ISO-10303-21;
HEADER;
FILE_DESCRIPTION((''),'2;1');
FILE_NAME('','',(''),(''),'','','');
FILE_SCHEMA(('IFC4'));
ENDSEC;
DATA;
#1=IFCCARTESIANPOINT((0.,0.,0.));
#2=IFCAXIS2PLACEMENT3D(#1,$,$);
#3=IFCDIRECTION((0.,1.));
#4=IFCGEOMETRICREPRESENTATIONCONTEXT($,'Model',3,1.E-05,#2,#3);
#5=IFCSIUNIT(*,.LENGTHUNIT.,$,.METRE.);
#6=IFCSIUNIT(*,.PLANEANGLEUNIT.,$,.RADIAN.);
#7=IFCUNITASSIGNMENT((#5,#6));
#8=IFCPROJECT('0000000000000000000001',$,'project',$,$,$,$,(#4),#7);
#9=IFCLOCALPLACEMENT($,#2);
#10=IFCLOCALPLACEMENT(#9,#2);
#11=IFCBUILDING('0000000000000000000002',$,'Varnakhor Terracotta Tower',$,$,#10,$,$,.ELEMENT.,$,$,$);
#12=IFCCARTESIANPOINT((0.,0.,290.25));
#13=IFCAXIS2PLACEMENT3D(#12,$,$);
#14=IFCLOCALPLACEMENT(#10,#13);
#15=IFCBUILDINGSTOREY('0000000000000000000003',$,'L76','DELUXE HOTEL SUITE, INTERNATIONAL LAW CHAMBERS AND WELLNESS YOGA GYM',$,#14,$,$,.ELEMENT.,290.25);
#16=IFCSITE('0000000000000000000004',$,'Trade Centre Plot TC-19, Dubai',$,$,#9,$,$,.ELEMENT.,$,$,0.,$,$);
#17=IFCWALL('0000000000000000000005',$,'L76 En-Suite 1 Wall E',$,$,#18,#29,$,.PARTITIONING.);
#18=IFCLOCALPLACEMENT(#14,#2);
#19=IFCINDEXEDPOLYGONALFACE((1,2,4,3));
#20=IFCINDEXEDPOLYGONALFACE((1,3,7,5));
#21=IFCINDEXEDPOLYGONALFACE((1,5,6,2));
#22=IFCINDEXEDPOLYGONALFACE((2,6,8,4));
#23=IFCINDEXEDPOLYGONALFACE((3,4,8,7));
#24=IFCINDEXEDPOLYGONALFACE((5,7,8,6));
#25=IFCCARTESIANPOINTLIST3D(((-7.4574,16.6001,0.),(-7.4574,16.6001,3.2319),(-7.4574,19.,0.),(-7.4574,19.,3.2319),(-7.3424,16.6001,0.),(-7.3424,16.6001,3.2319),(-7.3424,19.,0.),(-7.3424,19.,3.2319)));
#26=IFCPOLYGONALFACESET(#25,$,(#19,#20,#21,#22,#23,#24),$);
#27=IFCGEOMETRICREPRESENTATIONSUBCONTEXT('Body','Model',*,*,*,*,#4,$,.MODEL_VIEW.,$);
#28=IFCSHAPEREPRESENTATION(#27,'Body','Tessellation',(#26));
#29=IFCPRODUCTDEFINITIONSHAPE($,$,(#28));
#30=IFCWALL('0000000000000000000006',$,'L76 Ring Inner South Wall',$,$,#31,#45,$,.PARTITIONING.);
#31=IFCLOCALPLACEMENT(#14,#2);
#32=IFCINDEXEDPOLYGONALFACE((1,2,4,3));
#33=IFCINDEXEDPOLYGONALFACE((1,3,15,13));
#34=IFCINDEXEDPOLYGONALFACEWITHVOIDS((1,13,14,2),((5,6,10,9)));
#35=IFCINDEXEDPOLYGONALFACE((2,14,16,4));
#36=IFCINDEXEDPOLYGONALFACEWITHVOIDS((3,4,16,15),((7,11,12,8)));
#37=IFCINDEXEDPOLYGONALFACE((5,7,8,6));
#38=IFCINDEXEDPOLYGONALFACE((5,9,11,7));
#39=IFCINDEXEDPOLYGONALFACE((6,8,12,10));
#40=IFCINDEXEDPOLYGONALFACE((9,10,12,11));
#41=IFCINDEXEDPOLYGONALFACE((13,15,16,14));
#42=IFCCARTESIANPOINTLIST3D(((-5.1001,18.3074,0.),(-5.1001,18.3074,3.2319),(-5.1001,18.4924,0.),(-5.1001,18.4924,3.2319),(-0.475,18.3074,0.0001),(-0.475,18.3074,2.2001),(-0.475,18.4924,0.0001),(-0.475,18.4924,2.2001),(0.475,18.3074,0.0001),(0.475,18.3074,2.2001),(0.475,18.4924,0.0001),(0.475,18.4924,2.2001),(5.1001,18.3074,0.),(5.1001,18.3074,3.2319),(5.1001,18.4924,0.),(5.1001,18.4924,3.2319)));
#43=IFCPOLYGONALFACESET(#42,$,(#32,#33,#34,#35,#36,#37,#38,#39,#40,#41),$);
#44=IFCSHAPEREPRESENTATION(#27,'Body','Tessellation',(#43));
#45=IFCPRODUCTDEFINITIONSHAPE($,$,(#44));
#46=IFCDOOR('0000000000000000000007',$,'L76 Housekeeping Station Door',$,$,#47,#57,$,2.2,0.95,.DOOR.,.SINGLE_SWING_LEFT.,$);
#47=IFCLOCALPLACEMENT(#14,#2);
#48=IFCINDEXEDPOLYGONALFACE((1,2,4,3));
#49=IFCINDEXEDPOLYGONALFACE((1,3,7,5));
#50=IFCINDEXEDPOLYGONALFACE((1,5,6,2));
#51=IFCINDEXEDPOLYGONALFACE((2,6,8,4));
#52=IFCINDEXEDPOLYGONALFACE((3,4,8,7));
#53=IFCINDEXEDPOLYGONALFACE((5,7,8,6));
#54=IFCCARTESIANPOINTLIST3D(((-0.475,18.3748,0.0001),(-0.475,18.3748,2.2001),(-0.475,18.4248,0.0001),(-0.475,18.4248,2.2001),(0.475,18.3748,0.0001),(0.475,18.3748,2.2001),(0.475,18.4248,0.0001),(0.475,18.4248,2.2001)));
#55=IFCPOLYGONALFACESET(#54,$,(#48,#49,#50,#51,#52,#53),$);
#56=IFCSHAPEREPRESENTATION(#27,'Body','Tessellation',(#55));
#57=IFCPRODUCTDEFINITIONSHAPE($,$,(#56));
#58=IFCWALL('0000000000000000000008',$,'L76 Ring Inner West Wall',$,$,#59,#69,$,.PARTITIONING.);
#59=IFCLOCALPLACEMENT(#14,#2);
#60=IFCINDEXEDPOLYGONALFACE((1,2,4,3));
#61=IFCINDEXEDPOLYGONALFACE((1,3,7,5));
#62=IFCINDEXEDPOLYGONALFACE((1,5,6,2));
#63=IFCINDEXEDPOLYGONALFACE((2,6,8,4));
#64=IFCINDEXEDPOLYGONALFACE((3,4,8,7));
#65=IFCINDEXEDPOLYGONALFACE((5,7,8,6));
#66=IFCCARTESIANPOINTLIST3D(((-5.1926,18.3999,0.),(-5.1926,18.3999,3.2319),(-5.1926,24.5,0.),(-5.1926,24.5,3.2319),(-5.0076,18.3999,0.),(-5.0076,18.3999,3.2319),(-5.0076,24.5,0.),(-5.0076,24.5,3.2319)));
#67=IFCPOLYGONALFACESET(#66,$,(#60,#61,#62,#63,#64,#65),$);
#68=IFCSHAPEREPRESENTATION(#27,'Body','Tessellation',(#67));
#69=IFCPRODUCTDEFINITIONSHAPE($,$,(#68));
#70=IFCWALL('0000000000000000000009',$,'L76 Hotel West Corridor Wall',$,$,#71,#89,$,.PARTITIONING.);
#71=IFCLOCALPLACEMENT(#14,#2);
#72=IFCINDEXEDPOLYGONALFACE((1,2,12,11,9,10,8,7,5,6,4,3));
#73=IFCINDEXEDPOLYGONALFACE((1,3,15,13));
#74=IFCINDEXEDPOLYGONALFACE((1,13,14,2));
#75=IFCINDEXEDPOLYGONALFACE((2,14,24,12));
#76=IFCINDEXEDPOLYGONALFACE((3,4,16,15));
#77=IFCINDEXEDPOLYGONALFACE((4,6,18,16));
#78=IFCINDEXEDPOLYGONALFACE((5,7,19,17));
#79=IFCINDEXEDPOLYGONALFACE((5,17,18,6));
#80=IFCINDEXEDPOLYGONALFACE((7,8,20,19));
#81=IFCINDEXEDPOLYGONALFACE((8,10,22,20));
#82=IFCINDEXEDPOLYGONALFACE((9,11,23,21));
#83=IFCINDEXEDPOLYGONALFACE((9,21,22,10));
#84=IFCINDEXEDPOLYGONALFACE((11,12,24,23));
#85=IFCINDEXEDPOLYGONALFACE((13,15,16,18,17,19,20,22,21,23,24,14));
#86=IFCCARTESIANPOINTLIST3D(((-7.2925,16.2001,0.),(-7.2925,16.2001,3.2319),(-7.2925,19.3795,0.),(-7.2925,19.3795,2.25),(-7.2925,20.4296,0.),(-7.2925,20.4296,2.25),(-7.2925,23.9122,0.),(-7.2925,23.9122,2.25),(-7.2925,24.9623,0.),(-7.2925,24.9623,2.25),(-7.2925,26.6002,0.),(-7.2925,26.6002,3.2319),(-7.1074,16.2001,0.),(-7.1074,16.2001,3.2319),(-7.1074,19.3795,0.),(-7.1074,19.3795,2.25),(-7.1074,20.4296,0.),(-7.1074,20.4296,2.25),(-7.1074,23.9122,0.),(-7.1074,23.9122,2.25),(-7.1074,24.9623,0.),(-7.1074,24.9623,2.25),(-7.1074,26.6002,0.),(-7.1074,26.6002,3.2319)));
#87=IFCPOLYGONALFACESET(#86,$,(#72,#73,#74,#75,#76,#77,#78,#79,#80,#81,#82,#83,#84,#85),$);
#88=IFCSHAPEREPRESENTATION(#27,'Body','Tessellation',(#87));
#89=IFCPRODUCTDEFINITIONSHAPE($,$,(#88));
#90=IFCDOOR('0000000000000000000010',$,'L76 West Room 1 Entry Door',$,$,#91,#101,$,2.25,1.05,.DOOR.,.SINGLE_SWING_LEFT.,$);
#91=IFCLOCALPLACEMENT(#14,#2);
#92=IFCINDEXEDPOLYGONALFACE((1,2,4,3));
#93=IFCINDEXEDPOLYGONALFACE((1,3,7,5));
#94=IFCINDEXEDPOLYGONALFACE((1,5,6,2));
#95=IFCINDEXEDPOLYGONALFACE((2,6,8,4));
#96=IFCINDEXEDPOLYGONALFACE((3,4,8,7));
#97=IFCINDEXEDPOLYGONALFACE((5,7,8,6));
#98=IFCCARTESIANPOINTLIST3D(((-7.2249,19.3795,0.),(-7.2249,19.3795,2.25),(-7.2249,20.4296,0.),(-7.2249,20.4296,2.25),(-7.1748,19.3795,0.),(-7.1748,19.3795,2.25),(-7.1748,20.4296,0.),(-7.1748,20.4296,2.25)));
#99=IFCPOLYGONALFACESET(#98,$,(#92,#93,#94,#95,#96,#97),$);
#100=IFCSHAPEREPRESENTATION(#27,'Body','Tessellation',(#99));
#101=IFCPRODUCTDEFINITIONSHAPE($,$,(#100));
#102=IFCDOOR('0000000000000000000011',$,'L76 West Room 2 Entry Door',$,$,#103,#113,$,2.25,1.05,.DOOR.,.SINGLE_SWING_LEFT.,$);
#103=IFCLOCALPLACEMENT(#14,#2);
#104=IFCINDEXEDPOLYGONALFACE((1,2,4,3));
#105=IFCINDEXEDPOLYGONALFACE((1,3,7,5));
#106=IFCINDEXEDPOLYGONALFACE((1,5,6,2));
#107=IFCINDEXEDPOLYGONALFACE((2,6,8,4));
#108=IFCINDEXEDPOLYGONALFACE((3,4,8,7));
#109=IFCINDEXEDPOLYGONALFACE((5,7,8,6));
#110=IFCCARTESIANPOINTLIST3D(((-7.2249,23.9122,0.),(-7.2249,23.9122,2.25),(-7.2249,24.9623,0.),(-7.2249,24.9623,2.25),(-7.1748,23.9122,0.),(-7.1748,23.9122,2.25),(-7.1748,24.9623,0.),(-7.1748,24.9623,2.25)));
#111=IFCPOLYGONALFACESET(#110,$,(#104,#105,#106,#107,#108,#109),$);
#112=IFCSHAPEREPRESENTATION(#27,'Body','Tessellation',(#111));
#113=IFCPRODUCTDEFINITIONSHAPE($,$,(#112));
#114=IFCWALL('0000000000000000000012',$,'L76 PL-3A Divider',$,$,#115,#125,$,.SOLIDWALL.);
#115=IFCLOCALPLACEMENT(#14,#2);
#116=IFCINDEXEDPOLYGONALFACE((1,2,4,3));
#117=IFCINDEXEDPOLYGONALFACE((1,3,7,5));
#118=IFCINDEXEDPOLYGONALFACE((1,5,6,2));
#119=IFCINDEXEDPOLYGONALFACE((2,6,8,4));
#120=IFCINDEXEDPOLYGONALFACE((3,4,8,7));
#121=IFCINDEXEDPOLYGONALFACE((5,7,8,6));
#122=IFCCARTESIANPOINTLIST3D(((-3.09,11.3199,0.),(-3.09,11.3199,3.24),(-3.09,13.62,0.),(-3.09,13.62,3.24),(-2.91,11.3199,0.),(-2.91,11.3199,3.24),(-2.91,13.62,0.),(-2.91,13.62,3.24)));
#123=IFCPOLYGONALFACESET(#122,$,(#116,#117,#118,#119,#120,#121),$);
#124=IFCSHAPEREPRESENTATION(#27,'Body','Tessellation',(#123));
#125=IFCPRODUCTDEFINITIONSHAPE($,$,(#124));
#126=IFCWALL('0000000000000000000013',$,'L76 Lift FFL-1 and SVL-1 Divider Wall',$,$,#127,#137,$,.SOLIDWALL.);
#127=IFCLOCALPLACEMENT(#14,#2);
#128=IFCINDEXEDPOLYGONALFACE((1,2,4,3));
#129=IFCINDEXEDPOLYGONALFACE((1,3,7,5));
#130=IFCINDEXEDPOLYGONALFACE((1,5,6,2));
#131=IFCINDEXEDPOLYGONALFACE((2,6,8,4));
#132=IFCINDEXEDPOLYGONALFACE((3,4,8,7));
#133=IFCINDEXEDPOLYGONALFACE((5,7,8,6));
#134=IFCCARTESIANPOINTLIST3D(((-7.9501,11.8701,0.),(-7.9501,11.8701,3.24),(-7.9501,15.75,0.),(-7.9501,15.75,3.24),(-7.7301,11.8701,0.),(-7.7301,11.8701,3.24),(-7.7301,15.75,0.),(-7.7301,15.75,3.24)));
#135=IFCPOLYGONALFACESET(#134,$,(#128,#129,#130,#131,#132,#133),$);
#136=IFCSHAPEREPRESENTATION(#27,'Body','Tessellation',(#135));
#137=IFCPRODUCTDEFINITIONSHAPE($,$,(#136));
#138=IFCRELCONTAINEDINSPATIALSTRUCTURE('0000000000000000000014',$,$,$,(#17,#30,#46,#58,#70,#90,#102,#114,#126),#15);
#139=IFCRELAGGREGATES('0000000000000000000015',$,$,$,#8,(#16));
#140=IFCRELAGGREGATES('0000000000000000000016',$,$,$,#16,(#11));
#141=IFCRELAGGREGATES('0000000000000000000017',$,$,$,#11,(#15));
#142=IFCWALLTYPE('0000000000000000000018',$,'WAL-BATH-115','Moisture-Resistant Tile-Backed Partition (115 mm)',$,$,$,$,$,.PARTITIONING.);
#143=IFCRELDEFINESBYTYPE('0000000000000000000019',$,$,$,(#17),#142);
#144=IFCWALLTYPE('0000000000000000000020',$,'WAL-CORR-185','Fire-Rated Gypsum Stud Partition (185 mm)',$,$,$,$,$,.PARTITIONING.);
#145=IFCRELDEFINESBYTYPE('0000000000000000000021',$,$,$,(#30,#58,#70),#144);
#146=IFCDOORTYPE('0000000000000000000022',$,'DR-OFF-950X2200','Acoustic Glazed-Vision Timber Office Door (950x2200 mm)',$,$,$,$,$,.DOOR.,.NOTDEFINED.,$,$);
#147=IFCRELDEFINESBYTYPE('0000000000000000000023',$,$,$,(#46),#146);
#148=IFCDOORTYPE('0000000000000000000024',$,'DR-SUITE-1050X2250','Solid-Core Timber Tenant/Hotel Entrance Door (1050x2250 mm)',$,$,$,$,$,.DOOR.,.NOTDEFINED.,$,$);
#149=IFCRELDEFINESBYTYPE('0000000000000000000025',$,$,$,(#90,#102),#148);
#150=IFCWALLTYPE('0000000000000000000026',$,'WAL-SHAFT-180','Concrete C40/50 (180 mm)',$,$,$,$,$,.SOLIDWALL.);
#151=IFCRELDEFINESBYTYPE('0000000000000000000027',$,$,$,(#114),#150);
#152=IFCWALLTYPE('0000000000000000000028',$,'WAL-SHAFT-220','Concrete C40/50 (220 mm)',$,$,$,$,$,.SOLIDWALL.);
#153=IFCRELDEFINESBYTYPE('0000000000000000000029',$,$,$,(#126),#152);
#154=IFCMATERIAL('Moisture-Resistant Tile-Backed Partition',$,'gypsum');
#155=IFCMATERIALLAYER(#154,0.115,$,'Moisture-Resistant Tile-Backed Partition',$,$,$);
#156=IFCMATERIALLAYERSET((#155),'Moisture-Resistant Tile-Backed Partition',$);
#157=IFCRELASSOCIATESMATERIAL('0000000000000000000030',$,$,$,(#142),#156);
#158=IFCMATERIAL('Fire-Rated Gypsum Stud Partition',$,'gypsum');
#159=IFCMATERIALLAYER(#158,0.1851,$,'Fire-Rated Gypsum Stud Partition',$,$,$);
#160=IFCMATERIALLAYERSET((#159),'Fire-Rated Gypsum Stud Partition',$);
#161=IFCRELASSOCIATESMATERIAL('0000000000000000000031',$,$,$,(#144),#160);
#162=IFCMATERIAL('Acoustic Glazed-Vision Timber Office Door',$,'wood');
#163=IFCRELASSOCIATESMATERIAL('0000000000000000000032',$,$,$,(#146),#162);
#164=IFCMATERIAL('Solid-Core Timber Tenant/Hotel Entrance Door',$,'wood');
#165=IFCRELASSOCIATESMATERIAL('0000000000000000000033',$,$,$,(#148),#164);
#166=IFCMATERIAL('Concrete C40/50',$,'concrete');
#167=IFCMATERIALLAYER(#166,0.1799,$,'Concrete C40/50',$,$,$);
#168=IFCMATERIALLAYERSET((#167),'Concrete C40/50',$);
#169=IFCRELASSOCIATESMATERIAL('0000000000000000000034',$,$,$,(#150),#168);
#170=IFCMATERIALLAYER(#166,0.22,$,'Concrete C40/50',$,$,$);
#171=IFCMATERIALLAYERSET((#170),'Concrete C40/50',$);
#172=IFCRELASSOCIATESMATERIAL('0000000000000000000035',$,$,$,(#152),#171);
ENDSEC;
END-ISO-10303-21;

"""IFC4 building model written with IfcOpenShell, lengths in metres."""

from ifc_helpers import new_model, si_unit, direction, frame, frame_2d, origin, place, context, subcontext, project, spatial, rectangle, extrude, source, transform, mapped, material, layer, layer_set, type_object, type_shapes, element, fill, save


model = new_model("IFC4")

# Units and contexts
model_context = context("Model", 3, precision=1e-05, world=origin(), true_north=direction((0.0, 1.0)))
body_context = subcontext(model_context, "Body", "Model", "MODEL_VIEW")
ifc_project = project(units=[si_unit("LENGTHUNIT", "METRE"), si_unit("PLANEANGLEUNIT", "RADIAN")], contexts=[model_context])

# Site, building, storey
site_placement = place(None, origin())
site = spatial("IfcSite", under=ifc_project, at=site_placement, Name="Trade Centre Plot TC-19, Dubai", CompositionType="ELEMENT", RefElevation=0.0)
building_placement = place(site_placement, origin())
building = spatial("IfcBuilding", under=site, at=building_placement, Name="Varnakhor Terracotta Tower", CompositionType="ELEMENT")
storey_placement = place(building_placement, frame((0.0, 0.0, 290.25)))
storey = spatial("IfcBuildingStorey", under=building, at=storey_placement, Name="L76", Description="DELUXE HOTEL SUITE, INTERNATIONAL LAW CHAMBERS AND WELLNESS YOGA GYM", CompositionType="ELEMENT", Elevation=290.25)

# Shared definitions
ifc_material_1 = material(Name="Moisture-Resistant Tile-Backed Partition", Category="gypsum")
ifc_layer_1 = layer(ifc_material_1, 0.115, Name="Moisture-Resistant Tile-Backed Partition")
ifc_layer_set_1 = layer_set([ifc_layer_1], Name="Moisture-Resistant Tile-Backed Partition")
wall_type_1 = type_object("IfcWallType", Name="WAL-BATH-115", Description="Moisture-Resistant Tile-Backed Partition (115 mm)", PredefinedType="PARTITIONING", material=ifc_layer_set_1)

# Wall
wall_1_placement = place(storey_placement, frame((-7.3999, 16.6001, 0.0), z_axis=(0.0, 0.0, 1.0), x_axis=(0.0, 1.0, 0.0)))
element("IfcWall", 1, at=wall_1_placement, inside=storey, type_object=wall_type_1, Name="L76 En-Suite 1 Wall E", PredefinedType="PARTITIONING", context=body_context, shape_type="SweptSolid", body=[
    extrude(rectangle(XDim=2.3999, YDim=0.115, at=frame_2d((1.2, 0.0))), origin(), (0.0, 0.0, 1.0), 3.2319),
])

# Wall, opening, door
ifc_material_2 = material(Name="Fire-Rated Gypsum Stud Partition", Category="gypsum")
ifc_layer_2 = layer(ifc_material_2, 0.1851, Name="Fire-Rated Gypsum Stud Partition")
ifc_layer_set_2 = layer_set([ifc_layer_2], Name="Fire-Rated Gypsum Stud Partition")
wall_type_2 = type_object("IfcWallType", Name="WAL-CORR-185", Description="Fire-Rated Gypsum Stud Partition (185 mm)", PredefinedType="PARTITIONING", material=ifc_layer_set_2)
wall_2_placement = place(storey_placement, frame((-5.1001, 18.3999, 0.0), z_axis=(0.0, 0.0, 1.0), x_axis=(1.0, 0.0, 0.0)))
wall_2 = element("IfcWall", 2, at=wall_2_placement, inside=storey, type_object=wall_type_2, Name="L76 Ring Inner South Wall", PredefinedType="PARTITIONING", context=body_context, shape_type="SweptSolid", body=[
    extrude(rectangle(XDim=10.2002, YDim=0.1851, at=frame_2d((5.1001, 0.0))), origin(), (0.0, 0.0, 1.0), 3.2319),
])
opening_1_placement = place(wall_2_placement, frame((4.625, 0.0, 0.0)))
opening_1 = element("IfcOpeningElement", 3, at=opening_1_placement, cuts=wall_2, PredefinedType="OPENING", context=body_context, shape_type="SweptSolid", body=[
    extrude(rectangle(XDim=0.95, YDim=2.2, at=frame_2d((0.4751, 1.1001))), frame((0.0, 0.1025, 0.0), z_axis=(0.0, -1.0, 0.0), x_axis=(1.0, 0.0, 0.0)), (0.0, 0.0, 1.0), 0.2051),
])
ifc_material_3 = material(Name="Acoustic Glazed-Vision Timber Office Door", Category="wood")
door_type_1 = type_object("IfcDoorType", Name="DR-OFF-950X2200", Description="Acoustic Glazed-Vision Timber Office Door (950x2200 mm)", OperationType="NOTDEFINED", PredefinedType="DOOR", material=ifc_material_3)
shared_shape_1 = source(origin(), body_context, "Body", "SweptSolid", [
    extrude(rectangle(XDim=0.95, YDim=2.2, at=frame_2d((0.4751, 1.1001))), frame((0.0, 0.0249, 0.0), z_axis=(0.0, -1.0, 0.0), x_axis=(1.0, 0.0, 0.0)), (0.0, 0.0, 1.0), 0.05),
])
type_shapes(door_type_1, [shared_shape_1])
door_1_placement = place(opening_1_placement, origin())
door_1 = element("IfcDoor", 4, at=door_1_placement, inside=storey, type_object=door_type_1, Name="L76 Housekeeping Station Door", OperationType="SINGLE_SWING_LEFT", OverallHeight=2.2, OverallWidth=0.95, PredefinedType="DOOR", context=body_context, shape_type="MappedRepresentation", body=[
    mapped(shared_shape_1, transform((0.0, 0.0, 0.0), scale=1.0)),
])
fill(opening_1, door_1)

# Wall
wall_3_placement = place(storey_placement, frame((-5.1001, 18.3999, 0.0), z_axis=(0.0, 0.0, 1.0), x_axis=(0.0, 1.0, 0.0)))
element("IfcWall", 5, at=wall_3_placement, inside=storey, type_object=wall_type_2, Name="L76 Ring Inner West Wall", PredefinedType="PARTITIONING", context=body_context, shape_type="SweptSolid", body=[
    extrude(rectangle(XDim=6.1001, YDim=0.1851, at=frame_2d((3.05, 0.0))), origin(), (0.0, 0.0, 1.0), 3.2319),
])

# Wall, openings, doors
wall_4_placement = place(storey_placement, frame((-7.2, 16.2, 0.0), z_axis=(0.0, 0.0, 1.0), x_axis=(0.0, 1.0, 0.0)))
wall_4 = element("IfcWall", 6, at=wall_4_placement, inside=storey, type_object=wall_type_2, Name="L76 Hotel West Corridor Wall", PredefinedType="PARTITIONING", context=body_context, shape_type="SweptSolid", body=[
    extrude(rectangle(XDim=10.4001, YDim=0.1851, at=frame_2d((5.2002, 0.0))), origin(), (0.0, 0.0, 1.0), 3.2319),
])
opening_2_placement = place(wall_4_placement, frame((3.1797, 0.0, 0.0)))
opening_2 = element("IfcOpeningElement", 7, at=opening_2_placement, cuts=wall_4, PredefinedType="OPENING", context=body_context, shape_type="SweptSolid", body=[
    extrude(rectangle(XDim=1.05, YDim=2.25, at=frame_2d((0.5249, 1.125))), frame((0.0, 0.1025, 0.0), z_axis=(0.0, -1.0, 0.0), x_axis=(1.0, 0.0, 0.0)), (0.0, 0.0, 1.0), 0.2051),
])
opening_3_placement = place(wall_4_placement, frame((7.7124, 0.0, 0.0)))
opening_3 = element("IfcOpeningElement", 8, at=opening_3_placement, cuts=wall_4, PredefinedType="OPENING", context=body_context, shape_type="SweptSolid", body=[
    extrude(rectangle(XDim=1.05, YDim=2.25, at=frame_2d((0.5249, 1.125))), frame((0.0, 0.1025, 0.0), z_axis=(0.0, -1.0, 0.0), x_axis=(1.0, 0.0, 0.0)), (0.0, 0.0, 1.0), 0.2051),
])
ifc_material_4 = material(Name="Solid-Core Timber Tenant/Hotel Entrance Door", Category="wood")
door_type_2 = type_object("IfcDoorType", Name="DR-SUITE-1050X2250", Description="Solid-Core Timber Tenant/Hotel Entrance Door (1050x2250 mm)", OperationType="NOTDEFINED", PredefinedType="DOOR", material=ifc_material_4)
shared_shape_2 = source(origin(), body_context, "Body", "SweptSolid", [
    extrude(rectangle(XDim=1.05, YDim=2.25, at=frame_2d((0.5249, 1.125))), frame((0.0, 0.0249, 0.0), z_axis=(0.0, -1.0, 0.0), x_axis=(1.0, 0.0, 0.0)), (0.0, 0.0, 1.0), 0.05),
])
type_shapes(door_type_2, [shared_shape_2])
door_2_placement = place(opening_2_placement, origin())
door_2 = element("IfcDoor", 9, at=door_2_placement, inside=storey, type_object=door_type_2, Name="L76 West Room 1 Entry Door", OperationType="SINGLE_SWING_LEFT", OverallHeight=2.25, OverallWidth=1.05, PredefinedType="DOOR", context=body_context, shape_type="MappedRepresentation", body=[
    mapped(shared_shape_2, transform((0.0, 0.0, 0.0), scale=1.0)),
])
fill(opening_2, door_2)
door_3_placement = place(opening_3_placement, origin())
door_3 = element("IfcDoor", 10, at=door_3_placement, inside=storey, type_object=door_type_2, Name="L76 West Room 2 Entry Door", OperationType="SINGLE_SWING_LEFT", OverallHeight=2.25, OverallWidth=1.05, PredefinedType="DOOR", context=body_context, shape_type="MappedRepresentation", body=[
    mapped(shared_shape_2, transform((0.0, 0.0, 0.0), scale=1.0)),
])
fill(opening_3, door_3)

# Walls
ifc_material_5 = material(Name="Concrete C40/50", Category="concrete")
ifc_layer_3 = layer(ifc_material_5, 0.1799, Name="Concrete C40/50")
ifc_layer_set_3 = layer_set([ifc_layer_3], Name="Concrete C40/50")
wall_type_3 = type_object("IfcWallType", Name="WAL-SHAFT-180", Description="Concrete C40/50 (180 mm)", PredefinedType="SOLIDWALL", material=ifc_layer_set_3)
wall_5_placement = place(storey_placement, frame((-3.0, 11.3201, 0.0), z_axis=(0.0, 0.0, 1.0), x_axis=(0.0, 1.0, 0.0)))
element("IfcWall", 11, at=wall_5_placement, inside=storey, type_object=wall_type_3, Name="L76 PL-3A Divider", PredefinedType="SOLIDWALL", context=body_context, shape_type="SweptSolid", body=[
    extrude(rectangle(XDim=2.3, YDim=0.1799, at=frame_2d((1.1499, 0.0))), origin(), (0.0, 0.0, 1.0), 3.24),
])
ifc_layer_4 = layer(ifc_material_5, 0.22, Name="Concrete C40/50")
ifc_layer_set_4 = layer_set([ifc_layer_4], Name="Concrete C40/50")
wall_type_4 = type_object("IfcWallType", Name="WAL-SHAFT-220", Description="Concrete C40/50 (220 mm)", PredefinedType="SOLIDWALL", material=ifc_layer_set_4)
wall_6_placement = place(storey_placement, frame((-7.8401, 11.8701, 0.0), z_axis=(0.0, 0.0, 1.0), x_axis=(0.0, 1.0, 0.0)))
element("IfcWall", 12, at=wall_6_placement, inside=storey, type_object=wall_type_4, Name="L76 Lift FFL-1 and SVL-1 Divider Wall", PredefinedType="SOLIDWALL", context=body_context, shape_type="SweptSolid", body=[
    extrude(rectangle(XDim=3.8799, YDim=0.22, at=frame_2d((1.9399, 0.0))), origin(), (0.0, 0.0, 1.0), 3.24),
])

save(model, "model.ifc")
